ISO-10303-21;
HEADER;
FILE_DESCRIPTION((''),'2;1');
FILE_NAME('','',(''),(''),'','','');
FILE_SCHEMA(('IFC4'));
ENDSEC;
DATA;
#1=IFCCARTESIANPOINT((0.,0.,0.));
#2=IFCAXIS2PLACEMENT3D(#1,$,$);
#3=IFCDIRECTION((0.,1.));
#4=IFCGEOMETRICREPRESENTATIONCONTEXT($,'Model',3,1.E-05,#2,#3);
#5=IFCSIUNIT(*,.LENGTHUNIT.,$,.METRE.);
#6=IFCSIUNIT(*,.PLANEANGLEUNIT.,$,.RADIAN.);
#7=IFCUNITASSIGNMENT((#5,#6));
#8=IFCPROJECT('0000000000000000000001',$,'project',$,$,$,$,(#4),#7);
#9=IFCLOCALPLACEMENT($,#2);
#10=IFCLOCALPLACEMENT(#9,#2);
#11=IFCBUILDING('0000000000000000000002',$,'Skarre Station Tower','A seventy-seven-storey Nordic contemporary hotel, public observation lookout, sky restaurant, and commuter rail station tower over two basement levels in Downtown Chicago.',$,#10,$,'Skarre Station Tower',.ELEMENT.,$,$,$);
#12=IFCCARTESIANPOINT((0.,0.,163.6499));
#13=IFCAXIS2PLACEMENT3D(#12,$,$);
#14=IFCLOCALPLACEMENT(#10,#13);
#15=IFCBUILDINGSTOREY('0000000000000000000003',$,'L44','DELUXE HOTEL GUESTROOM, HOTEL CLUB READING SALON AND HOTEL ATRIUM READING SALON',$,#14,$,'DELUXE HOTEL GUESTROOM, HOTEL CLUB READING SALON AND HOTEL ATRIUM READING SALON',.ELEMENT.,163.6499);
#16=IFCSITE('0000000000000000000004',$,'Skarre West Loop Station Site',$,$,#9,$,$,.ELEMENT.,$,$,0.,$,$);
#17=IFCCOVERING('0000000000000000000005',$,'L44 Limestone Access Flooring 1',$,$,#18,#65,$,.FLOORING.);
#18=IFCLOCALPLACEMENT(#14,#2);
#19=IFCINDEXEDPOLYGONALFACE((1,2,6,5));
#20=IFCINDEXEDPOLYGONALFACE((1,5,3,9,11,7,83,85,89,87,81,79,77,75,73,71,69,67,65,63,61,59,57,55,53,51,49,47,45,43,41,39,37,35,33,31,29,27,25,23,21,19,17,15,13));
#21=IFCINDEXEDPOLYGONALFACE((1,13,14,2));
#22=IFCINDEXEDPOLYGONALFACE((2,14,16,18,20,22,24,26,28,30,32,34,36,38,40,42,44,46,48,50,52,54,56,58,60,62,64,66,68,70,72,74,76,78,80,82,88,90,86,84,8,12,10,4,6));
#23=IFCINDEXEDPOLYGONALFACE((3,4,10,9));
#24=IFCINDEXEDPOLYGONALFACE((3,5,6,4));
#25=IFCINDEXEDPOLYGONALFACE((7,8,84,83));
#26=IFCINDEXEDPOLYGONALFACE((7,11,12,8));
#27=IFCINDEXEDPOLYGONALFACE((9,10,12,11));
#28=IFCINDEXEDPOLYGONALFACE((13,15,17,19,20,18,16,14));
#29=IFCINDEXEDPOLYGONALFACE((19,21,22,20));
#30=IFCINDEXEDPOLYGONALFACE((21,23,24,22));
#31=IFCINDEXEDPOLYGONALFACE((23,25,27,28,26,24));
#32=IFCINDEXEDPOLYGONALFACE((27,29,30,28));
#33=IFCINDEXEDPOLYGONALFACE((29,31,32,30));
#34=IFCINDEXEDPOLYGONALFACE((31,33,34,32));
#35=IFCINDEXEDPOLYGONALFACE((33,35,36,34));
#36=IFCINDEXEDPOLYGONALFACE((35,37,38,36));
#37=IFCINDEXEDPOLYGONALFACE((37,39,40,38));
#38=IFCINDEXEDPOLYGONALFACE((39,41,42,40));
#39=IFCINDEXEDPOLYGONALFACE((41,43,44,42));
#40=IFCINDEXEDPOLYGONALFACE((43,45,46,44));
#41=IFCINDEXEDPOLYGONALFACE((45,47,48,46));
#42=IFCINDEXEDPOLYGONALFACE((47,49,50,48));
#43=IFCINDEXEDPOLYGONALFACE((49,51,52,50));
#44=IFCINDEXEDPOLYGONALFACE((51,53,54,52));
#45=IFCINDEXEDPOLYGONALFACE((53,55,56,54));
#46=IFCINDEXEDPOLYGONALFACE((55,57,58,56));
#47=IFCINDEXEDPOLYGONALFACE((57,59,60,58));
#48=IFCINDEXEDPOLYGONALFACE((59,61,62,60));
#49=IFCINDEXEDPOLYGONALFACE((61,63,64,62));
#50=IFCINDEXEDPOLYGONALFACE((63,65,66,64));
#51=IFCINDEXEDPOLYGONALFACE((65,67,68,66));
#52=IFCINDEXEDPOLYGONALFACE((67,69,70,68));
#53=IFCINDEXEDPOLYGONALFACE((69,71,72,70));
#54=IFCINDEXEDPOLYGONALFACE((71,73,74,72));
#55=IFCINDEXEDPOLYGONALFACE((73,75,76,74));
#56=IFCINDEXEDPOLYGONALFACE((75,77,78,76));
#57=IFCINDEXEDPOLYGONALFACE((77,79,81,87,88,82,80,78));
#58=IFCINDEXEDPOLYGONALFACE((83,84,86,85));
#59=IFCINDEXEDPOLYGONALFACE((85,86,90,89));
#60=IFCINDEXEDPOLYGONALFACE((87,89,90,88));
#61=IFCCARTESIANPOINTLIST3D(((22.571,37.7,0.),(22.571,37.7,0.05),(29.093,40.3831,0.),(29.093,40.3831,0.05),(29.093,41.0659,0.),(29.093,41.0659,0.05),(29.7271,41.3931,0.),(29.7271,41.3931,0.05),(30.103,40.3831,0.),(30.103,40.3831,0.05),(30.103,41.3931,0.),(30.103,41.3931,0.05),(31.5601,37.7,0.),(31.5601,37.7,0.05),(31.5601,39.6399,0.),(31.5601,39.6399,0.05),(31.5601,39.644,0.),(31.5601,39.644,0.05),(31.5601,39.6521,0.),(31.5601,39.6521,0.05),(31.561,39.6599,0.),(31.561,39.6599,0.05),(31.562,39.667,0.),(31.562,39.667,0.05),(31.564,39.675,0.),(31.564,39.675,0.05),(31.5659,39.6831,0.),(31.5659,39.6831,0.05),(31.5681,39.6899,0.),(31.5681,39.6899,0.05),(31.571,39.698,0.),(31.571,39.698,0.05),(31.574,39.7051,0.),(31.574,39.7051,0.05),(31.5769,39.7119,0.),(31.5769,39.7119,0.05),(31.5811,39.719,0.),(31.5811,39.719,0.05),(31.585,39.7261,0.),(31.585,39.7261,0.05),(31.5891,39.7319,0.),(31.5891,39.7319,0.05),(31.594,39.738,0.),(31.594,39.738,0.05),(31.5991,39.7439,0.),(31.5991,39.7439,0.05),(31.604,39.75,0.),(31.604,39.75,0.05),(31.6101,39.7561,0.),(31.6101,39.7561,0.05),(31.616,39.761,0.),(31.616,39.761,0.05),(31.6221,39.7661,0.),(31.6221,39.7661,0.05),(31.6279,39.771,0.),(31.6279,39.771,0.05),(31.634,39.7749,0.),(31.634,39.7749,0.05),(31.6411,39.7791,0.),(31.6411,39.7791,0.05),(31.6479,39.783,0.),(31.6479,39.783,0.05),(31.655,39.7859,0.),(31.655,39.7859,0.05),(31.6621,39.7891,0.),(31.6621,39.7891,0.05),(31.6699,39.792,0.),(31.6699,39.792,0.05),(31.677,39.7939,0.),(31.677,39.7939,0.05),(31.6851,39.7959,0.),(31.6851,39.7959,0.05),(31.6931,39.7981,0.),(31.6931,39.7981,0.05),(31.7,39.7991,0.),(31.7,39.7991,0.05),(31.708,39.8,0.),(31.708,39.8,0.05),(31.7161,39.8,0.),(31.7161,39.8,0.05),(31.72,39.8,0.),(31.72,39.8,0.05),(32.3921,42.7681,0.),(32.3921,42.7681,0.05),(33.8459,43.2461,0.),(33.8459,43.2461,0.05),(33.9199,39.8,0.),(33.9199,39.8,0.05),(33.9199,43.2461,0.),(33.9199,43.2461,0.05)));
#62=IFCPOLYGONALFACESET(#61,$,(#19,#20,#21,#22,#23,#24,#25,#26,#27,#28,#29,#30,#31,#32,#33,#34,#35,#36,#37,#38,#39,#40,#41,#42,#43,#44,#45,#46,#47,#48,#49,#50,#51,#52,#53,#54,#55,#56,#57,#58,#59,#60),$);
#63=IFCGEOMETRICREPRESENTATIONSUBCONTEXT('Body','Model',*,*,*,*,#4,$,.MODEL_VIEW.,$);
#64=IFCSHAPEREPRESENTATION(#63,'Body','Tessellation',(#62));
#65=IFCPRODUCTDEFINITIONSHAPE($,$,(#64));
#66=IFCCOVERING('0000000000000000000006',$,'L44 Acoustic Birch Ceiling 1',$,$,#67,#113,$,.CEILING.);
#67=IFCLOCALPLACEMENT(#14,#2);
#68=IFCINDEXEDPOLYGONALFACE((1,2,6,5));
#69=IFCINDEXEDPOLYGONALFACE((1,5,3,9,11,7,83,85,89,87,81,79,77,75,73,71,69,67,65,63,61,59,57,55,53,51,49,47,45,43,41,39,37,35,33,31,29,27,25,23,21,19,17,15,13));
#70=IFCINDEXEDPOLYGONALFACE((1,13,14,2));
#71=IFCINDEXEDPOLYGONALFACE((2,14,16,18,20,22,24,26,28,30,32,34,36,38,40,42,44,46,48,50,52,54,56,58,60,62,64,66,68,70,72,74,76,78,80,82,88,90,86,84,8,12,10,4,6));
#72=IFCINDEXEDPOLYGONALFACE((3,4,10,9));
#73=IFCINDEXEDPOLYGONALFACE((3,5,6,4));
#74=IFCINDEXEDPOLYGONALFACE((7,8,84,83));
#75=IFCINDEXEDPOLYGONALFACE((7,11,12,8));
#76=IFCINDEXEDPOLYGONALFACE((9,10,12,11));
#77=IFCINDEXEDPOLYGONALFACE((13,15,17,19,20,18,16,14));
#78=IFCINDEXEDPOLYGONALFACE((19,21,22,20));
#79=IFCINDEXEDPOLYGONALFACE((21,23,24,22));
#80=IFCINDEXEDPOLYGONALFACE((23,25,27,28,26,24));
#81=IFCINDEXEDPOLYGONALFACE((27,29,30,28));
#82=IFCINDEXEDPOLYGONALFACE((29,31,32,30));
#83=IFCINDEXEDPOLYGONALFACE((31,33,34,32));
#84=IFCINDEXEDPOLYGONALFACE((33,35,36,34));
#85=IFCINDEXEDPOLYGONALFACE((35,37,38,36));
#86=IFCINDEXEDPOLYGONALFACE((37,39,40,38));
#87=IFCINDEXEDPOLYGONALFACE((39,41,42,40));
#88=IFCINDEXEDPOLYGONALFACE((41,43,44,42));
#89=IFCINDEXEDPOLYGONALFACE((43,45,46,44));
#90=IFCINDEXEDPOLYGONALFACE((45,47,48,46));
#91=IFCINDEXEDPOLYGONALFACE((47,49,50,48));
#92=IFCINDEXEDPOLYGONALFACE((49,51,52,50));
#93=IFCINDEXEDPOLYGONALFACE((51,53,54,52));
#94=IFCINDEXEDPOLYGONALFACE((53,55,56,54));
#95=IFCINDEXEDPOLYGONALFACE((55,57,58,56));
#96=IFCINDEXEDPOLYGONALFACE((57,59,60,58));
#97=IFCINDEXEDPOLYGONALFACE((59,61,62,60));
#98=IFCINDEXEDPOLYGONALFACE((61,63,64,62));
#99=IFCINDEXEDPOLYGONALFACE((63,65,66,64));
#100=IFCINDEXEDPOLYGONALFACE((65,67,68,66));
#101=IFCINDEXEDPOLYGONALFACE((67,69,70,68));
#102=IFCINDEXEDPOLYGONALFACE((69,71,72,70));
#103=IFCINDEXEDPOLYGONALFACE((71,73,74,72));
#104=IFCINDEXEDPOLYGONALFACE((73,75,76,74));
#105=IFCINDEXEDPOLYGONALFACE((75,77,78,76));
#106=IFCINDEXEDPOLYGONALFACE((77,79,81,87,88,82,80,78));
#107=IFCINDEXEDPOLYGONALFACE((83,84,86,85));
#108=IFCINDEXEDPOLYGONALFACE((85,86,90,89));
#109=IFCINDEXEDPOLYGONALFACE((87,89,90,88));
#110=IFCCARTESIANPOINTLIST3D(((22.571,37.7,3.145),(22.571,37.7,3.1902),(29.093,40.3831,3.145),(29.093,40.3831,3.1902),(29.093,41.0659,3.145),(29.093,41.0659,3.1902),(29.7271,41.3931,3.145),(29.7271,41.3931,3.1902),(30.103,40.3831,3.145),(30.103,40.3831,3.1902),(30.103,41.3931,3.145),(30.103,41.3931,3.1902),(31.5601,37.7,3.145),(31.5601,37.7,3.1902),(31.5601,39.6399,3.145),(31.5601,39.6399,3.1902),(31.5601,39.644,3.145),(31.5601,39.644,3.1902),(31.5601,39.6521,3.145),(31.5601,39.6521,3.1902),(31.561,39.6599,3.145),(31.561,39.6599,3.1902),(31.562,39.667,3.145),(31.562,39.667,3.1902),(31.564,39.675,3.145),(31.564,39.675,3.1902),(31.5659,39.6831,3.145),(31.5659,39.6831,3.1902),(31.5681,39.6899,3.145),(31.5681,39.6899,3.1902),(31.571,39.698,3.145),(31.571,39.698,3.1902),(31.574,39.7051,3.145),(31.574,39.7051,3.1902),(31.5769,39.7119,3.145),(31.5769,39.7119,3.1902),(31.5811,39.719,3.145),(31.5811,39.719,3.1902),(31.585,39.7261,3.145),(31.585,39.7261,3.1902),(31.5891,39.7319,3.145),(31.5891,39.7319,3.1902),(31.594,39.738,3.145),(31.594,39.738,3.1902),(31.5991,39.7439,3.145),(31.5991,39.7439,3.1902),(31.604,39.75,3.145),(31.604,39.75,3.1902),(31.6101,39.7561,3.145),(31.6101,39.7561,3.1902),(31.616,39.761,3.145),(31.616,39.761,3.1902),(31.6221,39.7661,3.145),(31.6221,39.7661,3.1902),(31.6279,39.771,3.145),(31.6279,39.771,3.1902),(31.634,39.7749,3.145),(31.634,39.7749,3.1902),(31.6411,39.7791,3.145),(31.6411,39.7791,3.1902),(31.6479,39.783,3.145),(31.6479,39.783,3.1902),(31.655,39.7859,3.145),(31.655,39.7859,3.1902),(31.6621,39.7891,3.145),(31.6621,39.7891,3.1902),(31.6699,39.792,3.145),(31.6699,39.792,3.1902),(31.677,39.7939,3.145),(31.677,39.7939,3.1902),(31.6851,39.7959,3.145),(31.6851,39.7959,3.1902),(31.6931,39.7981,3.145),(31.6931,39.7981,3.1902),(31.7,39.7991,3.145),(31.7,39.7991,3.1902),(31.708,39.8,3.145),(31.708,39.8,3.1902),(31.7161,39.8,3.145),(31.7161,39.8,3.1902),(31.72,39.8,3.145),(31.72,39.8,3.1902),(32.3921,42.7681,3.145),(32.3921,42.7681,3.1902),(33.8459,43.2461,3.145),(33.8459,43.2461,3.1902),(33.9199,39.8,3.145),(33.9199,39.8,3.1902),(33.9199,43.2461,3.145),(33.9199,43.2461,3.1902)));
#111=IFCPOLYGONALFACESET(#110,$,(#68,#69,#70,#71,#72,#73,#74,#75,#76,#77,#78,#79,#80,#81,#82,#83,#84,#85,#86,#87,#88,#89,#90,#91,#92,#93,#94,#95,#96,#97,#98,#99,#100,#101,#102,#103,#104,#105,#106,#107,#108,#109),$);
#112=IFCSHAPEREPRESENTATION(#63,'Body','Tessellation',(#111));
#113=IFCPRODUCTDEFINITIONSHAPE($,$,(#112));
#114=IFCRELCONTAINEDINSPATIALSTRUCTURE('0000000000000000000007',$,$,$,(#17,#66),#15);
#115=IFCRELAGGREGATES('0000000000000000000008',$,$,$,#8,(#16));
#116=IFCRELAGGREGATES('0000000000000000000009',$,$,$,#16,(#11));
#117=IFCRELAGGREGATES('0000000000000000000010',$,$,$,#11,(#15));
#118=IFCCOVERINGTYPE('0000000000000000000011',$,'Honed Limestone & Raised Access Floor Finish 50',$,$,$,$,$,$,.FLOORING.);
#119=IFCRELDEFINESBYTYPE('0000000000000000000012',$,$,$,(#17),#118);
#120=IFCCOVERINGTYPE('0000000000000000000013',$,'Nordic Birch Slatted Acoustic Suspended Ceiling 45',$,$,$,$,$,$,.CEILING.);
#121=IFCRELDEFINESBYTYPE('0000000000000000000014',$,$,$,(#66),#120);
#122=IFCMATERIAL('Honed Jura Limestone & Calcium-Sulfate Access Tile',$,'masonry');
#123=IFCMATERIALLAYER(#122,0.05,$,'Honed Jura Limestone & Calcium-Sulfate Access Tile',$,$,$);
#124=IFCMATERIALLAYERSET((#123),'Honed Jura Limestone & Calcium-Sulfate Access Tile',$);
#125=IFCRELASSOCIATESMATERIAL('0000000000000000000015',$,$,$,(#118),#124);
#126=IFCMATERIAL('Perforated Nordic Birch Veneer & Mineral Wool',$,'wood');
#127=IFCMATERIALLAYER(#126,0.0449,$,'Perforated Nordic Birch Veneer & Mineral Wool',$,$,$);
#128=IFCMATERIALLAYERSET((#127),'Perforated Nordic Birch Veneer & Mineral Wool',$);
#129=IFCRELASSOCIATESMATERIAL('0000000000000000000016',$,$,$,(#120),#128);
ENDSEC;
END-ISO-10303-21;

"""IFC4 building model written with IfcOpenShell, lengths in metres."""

from ifc_helpers import new_model, si_unit, direction, frame, origin, place, context, subcontext, project, spatial, polyline, outline, extrude, material, layer, layer_set, type_object, element, save


model = new_model("IFC4")

# Units and contexts
model_context = context("Model", 3, precision=1e-05, world=origin(), true_north=direction((0.0, 1.0)))
body_context = subcontext(model_context, "Body", "Model", "MODEL_VIEW")
ifc_project = project(units=[si_unit("LENGTHUNIT", "METRE"), si_unit("PLANEANGLEUNIT", "RADIAN")], contexts=[model_context])

# Site, building, storey
site_placement = place(None, origin())
site = spatial("IfcSite", under=ifc_project, at=site_placement, Name="Skarre West Loop Station Site", CompositionType="ELEMENT", RefElevation=0.0)
building_placement = place(site_placement, origin())
building = spatial("IfcBuilding", under=site, at=building_placement, Name="Skarre Station Tower", Description="A seventy-seven-storey Nordic contemporary hotel, public observation lookout, sky restaurant, and commuter rail station tower over two basement levels in Downtown Chicago.", LongName="Skarre Station Tower", CompositionType="ELEMENT")
storey_placement = place(building_placement, frame((0.0, 0.0, 163.6499)))
storey = spatial("IfcBuildingStorey", under=building, at=storey_placement, Name="L44", Description="DELUXE HOTEL GUESTROOM, HOTEL CLUB READING SALON AND HOTEL ATRIUM READING SALON", LongName="DELUXE HOTEL GUESTROOM, HOTEL CLUB READING SALON AND HOTEL ATRIUM READING SALON", CompositionType="ELEMENT", Elevation=163.6499)

# Coverings
ifc_material_1 = material(Name="Honed Jura Limestone & Calcium-Sulfate Access Tile", Category="masonry")
ifc_layer_1 = layer(ifc_material_1, 0.05, Name="Honed Jura Limestone & Calcium-Sulfate Access Tile")
ifc_layer_set_1 = layer_set([ifc_layer_1], Name="Honed Jura Limestone & Calcium-Sulfate Access Tile")
covering_type_1 = type_object("IfcCoveringType", Name="Honed Limestone & Raised Access Floor Finish 50", PredefinedType="FLOORING", material=ifc_layer_set_1)
covering_1_placement = place(storey_placement, origin())
element("IfcCovering", 1, at=covering_1_placement, inside=storey, type_object=covering_type_1, Name="L44 Limestone Access Flooring 1", PredefinedType="FLOORING", context=body_context, shape_type="SweptSolid", body=[
    extrude(outline(polyline([(33.9199, 39.8), (33.9199, 43.2461), (33.8459, 43.2461), (32.3921, 42.7681), (29.7271, 41.3931), (30.103, 41.3931), (30.103, 40.3831), (29.093, 40.3831), (29.093, 41.0659), (22.571, 37.7), (31.5601, 37.7), (31.5601, 39.6399), (31.5601, 39.644), (31.5601, 39.6521), (31.561, 39.6599), (31.562, 39.667), (31.564, 39.675), (31.5659, 39.6831), (31.5681, 39.6899), (31.571, 39.698), (31.574, 39.7051), (31.5769, 39.7119), (31.5811, 39.719), (31.585, 39.7261), (31.5891, 39.7319), (31.594, 39.738), (31.5991, 39.7439), (31.604, 39.75), (31.6101, 39.7561), (31.616, 39.761), (31.6221, 39.7661), (31.6279, 39.771), (31.634, 39.7749), (31.6411, 39.7791), (31.6479, 39.783), (31.655, 39.7859), (31.6621, 39.7891), (31.6699, 39.792), (31.677, 39.7939), (31.6851, 39.7959), (31.6931, 39.7981), (31.7, 39.7991), (31.708, 39.8), (31.7161, 39.8), (31.72, 39.8), (33.9199, 39.8)])), origin(), (0.0, 0.0, 1.0), 0.05),
])
ifc_material_2 = material(Name="Perforated Nordic Birch Veneer & Mineral Wool", Category="wood")
ifc_layer_2 = layer(ifc_material_2, 0.0449, Name="Perforated Nordic Birch Veneer & Mineral Wool")
ifc_layer_set_2 = layer_set([ifc_layer_2], Name="Perforated Nordic Birch Veneer & Mineral Wool")
covering_type_2 = type_object("IfcCoveringType", Name="Nordic Birch Slatted Acoustic Suspended Ceiling 45", PredefinedType="CEILING", material=ifc_layer_set_2)
covering_2_placement = place(storey_placement, frame((0.0, 0.0, 3.145)))
element("IfcCovering", 2, at=covering_2_placement, inside=storey, type_object=covering_type_2, Name="L44 Acoustic Birch Ceiling 1", PredefinedType="CEILING", context=body_context, shape_type="SweptSolid", body=[
    extrude(outline(polyline([(33.9199, 39.8), (33.9199, 43.2461), (33.8459, 43.2461), (32.3921, 42.7681), (29.7271, 41.3931), (30.103, 41.3931), (30.103, 40.3831), (29.093, 40.3831), (29.093, 41.0659), (22.571, 37.7), (31.5601, 37.7), (31.5601, 39.6399), (31.5601, 39.644), (31.5601, 39.6521), (31.561, 39.6599), (31.562, 39.667), (31.564, 39.675), (31.5659, 39.6831), (31.5681, 39.6899), (31.571, 39.698), (31.574, 39.7051), (31.5769, 39.7119), (31.5811, 39.719), (31.585, 39.7261), (31.5891, 39.7319), (31.594, 39.738), (31.5991, 39.7439), (31.604, 39.75), (31.6101, 39.7561), (31.616, 39.761), (31.6221, 39.7661), (31.6279, 39.771), (31.634, 39.7749), (31.6411, 39.7791), (31.6479, 39.783), (31.655, 39.7859), (31.6621, 39.7891), (31.6699, 39.792), (31.677, 39.7939), (31.6851, 39.7959), (31.6931, 39.7981), (31.7, 39.7991), (31.708, 39.8), (31.7161, 39.8), (31.72, 39.8), (33.9199, 39.8)])), origin(), (0.0, 0.0, 1.0), 0.0452),
])

save(model, "model.ifc")
